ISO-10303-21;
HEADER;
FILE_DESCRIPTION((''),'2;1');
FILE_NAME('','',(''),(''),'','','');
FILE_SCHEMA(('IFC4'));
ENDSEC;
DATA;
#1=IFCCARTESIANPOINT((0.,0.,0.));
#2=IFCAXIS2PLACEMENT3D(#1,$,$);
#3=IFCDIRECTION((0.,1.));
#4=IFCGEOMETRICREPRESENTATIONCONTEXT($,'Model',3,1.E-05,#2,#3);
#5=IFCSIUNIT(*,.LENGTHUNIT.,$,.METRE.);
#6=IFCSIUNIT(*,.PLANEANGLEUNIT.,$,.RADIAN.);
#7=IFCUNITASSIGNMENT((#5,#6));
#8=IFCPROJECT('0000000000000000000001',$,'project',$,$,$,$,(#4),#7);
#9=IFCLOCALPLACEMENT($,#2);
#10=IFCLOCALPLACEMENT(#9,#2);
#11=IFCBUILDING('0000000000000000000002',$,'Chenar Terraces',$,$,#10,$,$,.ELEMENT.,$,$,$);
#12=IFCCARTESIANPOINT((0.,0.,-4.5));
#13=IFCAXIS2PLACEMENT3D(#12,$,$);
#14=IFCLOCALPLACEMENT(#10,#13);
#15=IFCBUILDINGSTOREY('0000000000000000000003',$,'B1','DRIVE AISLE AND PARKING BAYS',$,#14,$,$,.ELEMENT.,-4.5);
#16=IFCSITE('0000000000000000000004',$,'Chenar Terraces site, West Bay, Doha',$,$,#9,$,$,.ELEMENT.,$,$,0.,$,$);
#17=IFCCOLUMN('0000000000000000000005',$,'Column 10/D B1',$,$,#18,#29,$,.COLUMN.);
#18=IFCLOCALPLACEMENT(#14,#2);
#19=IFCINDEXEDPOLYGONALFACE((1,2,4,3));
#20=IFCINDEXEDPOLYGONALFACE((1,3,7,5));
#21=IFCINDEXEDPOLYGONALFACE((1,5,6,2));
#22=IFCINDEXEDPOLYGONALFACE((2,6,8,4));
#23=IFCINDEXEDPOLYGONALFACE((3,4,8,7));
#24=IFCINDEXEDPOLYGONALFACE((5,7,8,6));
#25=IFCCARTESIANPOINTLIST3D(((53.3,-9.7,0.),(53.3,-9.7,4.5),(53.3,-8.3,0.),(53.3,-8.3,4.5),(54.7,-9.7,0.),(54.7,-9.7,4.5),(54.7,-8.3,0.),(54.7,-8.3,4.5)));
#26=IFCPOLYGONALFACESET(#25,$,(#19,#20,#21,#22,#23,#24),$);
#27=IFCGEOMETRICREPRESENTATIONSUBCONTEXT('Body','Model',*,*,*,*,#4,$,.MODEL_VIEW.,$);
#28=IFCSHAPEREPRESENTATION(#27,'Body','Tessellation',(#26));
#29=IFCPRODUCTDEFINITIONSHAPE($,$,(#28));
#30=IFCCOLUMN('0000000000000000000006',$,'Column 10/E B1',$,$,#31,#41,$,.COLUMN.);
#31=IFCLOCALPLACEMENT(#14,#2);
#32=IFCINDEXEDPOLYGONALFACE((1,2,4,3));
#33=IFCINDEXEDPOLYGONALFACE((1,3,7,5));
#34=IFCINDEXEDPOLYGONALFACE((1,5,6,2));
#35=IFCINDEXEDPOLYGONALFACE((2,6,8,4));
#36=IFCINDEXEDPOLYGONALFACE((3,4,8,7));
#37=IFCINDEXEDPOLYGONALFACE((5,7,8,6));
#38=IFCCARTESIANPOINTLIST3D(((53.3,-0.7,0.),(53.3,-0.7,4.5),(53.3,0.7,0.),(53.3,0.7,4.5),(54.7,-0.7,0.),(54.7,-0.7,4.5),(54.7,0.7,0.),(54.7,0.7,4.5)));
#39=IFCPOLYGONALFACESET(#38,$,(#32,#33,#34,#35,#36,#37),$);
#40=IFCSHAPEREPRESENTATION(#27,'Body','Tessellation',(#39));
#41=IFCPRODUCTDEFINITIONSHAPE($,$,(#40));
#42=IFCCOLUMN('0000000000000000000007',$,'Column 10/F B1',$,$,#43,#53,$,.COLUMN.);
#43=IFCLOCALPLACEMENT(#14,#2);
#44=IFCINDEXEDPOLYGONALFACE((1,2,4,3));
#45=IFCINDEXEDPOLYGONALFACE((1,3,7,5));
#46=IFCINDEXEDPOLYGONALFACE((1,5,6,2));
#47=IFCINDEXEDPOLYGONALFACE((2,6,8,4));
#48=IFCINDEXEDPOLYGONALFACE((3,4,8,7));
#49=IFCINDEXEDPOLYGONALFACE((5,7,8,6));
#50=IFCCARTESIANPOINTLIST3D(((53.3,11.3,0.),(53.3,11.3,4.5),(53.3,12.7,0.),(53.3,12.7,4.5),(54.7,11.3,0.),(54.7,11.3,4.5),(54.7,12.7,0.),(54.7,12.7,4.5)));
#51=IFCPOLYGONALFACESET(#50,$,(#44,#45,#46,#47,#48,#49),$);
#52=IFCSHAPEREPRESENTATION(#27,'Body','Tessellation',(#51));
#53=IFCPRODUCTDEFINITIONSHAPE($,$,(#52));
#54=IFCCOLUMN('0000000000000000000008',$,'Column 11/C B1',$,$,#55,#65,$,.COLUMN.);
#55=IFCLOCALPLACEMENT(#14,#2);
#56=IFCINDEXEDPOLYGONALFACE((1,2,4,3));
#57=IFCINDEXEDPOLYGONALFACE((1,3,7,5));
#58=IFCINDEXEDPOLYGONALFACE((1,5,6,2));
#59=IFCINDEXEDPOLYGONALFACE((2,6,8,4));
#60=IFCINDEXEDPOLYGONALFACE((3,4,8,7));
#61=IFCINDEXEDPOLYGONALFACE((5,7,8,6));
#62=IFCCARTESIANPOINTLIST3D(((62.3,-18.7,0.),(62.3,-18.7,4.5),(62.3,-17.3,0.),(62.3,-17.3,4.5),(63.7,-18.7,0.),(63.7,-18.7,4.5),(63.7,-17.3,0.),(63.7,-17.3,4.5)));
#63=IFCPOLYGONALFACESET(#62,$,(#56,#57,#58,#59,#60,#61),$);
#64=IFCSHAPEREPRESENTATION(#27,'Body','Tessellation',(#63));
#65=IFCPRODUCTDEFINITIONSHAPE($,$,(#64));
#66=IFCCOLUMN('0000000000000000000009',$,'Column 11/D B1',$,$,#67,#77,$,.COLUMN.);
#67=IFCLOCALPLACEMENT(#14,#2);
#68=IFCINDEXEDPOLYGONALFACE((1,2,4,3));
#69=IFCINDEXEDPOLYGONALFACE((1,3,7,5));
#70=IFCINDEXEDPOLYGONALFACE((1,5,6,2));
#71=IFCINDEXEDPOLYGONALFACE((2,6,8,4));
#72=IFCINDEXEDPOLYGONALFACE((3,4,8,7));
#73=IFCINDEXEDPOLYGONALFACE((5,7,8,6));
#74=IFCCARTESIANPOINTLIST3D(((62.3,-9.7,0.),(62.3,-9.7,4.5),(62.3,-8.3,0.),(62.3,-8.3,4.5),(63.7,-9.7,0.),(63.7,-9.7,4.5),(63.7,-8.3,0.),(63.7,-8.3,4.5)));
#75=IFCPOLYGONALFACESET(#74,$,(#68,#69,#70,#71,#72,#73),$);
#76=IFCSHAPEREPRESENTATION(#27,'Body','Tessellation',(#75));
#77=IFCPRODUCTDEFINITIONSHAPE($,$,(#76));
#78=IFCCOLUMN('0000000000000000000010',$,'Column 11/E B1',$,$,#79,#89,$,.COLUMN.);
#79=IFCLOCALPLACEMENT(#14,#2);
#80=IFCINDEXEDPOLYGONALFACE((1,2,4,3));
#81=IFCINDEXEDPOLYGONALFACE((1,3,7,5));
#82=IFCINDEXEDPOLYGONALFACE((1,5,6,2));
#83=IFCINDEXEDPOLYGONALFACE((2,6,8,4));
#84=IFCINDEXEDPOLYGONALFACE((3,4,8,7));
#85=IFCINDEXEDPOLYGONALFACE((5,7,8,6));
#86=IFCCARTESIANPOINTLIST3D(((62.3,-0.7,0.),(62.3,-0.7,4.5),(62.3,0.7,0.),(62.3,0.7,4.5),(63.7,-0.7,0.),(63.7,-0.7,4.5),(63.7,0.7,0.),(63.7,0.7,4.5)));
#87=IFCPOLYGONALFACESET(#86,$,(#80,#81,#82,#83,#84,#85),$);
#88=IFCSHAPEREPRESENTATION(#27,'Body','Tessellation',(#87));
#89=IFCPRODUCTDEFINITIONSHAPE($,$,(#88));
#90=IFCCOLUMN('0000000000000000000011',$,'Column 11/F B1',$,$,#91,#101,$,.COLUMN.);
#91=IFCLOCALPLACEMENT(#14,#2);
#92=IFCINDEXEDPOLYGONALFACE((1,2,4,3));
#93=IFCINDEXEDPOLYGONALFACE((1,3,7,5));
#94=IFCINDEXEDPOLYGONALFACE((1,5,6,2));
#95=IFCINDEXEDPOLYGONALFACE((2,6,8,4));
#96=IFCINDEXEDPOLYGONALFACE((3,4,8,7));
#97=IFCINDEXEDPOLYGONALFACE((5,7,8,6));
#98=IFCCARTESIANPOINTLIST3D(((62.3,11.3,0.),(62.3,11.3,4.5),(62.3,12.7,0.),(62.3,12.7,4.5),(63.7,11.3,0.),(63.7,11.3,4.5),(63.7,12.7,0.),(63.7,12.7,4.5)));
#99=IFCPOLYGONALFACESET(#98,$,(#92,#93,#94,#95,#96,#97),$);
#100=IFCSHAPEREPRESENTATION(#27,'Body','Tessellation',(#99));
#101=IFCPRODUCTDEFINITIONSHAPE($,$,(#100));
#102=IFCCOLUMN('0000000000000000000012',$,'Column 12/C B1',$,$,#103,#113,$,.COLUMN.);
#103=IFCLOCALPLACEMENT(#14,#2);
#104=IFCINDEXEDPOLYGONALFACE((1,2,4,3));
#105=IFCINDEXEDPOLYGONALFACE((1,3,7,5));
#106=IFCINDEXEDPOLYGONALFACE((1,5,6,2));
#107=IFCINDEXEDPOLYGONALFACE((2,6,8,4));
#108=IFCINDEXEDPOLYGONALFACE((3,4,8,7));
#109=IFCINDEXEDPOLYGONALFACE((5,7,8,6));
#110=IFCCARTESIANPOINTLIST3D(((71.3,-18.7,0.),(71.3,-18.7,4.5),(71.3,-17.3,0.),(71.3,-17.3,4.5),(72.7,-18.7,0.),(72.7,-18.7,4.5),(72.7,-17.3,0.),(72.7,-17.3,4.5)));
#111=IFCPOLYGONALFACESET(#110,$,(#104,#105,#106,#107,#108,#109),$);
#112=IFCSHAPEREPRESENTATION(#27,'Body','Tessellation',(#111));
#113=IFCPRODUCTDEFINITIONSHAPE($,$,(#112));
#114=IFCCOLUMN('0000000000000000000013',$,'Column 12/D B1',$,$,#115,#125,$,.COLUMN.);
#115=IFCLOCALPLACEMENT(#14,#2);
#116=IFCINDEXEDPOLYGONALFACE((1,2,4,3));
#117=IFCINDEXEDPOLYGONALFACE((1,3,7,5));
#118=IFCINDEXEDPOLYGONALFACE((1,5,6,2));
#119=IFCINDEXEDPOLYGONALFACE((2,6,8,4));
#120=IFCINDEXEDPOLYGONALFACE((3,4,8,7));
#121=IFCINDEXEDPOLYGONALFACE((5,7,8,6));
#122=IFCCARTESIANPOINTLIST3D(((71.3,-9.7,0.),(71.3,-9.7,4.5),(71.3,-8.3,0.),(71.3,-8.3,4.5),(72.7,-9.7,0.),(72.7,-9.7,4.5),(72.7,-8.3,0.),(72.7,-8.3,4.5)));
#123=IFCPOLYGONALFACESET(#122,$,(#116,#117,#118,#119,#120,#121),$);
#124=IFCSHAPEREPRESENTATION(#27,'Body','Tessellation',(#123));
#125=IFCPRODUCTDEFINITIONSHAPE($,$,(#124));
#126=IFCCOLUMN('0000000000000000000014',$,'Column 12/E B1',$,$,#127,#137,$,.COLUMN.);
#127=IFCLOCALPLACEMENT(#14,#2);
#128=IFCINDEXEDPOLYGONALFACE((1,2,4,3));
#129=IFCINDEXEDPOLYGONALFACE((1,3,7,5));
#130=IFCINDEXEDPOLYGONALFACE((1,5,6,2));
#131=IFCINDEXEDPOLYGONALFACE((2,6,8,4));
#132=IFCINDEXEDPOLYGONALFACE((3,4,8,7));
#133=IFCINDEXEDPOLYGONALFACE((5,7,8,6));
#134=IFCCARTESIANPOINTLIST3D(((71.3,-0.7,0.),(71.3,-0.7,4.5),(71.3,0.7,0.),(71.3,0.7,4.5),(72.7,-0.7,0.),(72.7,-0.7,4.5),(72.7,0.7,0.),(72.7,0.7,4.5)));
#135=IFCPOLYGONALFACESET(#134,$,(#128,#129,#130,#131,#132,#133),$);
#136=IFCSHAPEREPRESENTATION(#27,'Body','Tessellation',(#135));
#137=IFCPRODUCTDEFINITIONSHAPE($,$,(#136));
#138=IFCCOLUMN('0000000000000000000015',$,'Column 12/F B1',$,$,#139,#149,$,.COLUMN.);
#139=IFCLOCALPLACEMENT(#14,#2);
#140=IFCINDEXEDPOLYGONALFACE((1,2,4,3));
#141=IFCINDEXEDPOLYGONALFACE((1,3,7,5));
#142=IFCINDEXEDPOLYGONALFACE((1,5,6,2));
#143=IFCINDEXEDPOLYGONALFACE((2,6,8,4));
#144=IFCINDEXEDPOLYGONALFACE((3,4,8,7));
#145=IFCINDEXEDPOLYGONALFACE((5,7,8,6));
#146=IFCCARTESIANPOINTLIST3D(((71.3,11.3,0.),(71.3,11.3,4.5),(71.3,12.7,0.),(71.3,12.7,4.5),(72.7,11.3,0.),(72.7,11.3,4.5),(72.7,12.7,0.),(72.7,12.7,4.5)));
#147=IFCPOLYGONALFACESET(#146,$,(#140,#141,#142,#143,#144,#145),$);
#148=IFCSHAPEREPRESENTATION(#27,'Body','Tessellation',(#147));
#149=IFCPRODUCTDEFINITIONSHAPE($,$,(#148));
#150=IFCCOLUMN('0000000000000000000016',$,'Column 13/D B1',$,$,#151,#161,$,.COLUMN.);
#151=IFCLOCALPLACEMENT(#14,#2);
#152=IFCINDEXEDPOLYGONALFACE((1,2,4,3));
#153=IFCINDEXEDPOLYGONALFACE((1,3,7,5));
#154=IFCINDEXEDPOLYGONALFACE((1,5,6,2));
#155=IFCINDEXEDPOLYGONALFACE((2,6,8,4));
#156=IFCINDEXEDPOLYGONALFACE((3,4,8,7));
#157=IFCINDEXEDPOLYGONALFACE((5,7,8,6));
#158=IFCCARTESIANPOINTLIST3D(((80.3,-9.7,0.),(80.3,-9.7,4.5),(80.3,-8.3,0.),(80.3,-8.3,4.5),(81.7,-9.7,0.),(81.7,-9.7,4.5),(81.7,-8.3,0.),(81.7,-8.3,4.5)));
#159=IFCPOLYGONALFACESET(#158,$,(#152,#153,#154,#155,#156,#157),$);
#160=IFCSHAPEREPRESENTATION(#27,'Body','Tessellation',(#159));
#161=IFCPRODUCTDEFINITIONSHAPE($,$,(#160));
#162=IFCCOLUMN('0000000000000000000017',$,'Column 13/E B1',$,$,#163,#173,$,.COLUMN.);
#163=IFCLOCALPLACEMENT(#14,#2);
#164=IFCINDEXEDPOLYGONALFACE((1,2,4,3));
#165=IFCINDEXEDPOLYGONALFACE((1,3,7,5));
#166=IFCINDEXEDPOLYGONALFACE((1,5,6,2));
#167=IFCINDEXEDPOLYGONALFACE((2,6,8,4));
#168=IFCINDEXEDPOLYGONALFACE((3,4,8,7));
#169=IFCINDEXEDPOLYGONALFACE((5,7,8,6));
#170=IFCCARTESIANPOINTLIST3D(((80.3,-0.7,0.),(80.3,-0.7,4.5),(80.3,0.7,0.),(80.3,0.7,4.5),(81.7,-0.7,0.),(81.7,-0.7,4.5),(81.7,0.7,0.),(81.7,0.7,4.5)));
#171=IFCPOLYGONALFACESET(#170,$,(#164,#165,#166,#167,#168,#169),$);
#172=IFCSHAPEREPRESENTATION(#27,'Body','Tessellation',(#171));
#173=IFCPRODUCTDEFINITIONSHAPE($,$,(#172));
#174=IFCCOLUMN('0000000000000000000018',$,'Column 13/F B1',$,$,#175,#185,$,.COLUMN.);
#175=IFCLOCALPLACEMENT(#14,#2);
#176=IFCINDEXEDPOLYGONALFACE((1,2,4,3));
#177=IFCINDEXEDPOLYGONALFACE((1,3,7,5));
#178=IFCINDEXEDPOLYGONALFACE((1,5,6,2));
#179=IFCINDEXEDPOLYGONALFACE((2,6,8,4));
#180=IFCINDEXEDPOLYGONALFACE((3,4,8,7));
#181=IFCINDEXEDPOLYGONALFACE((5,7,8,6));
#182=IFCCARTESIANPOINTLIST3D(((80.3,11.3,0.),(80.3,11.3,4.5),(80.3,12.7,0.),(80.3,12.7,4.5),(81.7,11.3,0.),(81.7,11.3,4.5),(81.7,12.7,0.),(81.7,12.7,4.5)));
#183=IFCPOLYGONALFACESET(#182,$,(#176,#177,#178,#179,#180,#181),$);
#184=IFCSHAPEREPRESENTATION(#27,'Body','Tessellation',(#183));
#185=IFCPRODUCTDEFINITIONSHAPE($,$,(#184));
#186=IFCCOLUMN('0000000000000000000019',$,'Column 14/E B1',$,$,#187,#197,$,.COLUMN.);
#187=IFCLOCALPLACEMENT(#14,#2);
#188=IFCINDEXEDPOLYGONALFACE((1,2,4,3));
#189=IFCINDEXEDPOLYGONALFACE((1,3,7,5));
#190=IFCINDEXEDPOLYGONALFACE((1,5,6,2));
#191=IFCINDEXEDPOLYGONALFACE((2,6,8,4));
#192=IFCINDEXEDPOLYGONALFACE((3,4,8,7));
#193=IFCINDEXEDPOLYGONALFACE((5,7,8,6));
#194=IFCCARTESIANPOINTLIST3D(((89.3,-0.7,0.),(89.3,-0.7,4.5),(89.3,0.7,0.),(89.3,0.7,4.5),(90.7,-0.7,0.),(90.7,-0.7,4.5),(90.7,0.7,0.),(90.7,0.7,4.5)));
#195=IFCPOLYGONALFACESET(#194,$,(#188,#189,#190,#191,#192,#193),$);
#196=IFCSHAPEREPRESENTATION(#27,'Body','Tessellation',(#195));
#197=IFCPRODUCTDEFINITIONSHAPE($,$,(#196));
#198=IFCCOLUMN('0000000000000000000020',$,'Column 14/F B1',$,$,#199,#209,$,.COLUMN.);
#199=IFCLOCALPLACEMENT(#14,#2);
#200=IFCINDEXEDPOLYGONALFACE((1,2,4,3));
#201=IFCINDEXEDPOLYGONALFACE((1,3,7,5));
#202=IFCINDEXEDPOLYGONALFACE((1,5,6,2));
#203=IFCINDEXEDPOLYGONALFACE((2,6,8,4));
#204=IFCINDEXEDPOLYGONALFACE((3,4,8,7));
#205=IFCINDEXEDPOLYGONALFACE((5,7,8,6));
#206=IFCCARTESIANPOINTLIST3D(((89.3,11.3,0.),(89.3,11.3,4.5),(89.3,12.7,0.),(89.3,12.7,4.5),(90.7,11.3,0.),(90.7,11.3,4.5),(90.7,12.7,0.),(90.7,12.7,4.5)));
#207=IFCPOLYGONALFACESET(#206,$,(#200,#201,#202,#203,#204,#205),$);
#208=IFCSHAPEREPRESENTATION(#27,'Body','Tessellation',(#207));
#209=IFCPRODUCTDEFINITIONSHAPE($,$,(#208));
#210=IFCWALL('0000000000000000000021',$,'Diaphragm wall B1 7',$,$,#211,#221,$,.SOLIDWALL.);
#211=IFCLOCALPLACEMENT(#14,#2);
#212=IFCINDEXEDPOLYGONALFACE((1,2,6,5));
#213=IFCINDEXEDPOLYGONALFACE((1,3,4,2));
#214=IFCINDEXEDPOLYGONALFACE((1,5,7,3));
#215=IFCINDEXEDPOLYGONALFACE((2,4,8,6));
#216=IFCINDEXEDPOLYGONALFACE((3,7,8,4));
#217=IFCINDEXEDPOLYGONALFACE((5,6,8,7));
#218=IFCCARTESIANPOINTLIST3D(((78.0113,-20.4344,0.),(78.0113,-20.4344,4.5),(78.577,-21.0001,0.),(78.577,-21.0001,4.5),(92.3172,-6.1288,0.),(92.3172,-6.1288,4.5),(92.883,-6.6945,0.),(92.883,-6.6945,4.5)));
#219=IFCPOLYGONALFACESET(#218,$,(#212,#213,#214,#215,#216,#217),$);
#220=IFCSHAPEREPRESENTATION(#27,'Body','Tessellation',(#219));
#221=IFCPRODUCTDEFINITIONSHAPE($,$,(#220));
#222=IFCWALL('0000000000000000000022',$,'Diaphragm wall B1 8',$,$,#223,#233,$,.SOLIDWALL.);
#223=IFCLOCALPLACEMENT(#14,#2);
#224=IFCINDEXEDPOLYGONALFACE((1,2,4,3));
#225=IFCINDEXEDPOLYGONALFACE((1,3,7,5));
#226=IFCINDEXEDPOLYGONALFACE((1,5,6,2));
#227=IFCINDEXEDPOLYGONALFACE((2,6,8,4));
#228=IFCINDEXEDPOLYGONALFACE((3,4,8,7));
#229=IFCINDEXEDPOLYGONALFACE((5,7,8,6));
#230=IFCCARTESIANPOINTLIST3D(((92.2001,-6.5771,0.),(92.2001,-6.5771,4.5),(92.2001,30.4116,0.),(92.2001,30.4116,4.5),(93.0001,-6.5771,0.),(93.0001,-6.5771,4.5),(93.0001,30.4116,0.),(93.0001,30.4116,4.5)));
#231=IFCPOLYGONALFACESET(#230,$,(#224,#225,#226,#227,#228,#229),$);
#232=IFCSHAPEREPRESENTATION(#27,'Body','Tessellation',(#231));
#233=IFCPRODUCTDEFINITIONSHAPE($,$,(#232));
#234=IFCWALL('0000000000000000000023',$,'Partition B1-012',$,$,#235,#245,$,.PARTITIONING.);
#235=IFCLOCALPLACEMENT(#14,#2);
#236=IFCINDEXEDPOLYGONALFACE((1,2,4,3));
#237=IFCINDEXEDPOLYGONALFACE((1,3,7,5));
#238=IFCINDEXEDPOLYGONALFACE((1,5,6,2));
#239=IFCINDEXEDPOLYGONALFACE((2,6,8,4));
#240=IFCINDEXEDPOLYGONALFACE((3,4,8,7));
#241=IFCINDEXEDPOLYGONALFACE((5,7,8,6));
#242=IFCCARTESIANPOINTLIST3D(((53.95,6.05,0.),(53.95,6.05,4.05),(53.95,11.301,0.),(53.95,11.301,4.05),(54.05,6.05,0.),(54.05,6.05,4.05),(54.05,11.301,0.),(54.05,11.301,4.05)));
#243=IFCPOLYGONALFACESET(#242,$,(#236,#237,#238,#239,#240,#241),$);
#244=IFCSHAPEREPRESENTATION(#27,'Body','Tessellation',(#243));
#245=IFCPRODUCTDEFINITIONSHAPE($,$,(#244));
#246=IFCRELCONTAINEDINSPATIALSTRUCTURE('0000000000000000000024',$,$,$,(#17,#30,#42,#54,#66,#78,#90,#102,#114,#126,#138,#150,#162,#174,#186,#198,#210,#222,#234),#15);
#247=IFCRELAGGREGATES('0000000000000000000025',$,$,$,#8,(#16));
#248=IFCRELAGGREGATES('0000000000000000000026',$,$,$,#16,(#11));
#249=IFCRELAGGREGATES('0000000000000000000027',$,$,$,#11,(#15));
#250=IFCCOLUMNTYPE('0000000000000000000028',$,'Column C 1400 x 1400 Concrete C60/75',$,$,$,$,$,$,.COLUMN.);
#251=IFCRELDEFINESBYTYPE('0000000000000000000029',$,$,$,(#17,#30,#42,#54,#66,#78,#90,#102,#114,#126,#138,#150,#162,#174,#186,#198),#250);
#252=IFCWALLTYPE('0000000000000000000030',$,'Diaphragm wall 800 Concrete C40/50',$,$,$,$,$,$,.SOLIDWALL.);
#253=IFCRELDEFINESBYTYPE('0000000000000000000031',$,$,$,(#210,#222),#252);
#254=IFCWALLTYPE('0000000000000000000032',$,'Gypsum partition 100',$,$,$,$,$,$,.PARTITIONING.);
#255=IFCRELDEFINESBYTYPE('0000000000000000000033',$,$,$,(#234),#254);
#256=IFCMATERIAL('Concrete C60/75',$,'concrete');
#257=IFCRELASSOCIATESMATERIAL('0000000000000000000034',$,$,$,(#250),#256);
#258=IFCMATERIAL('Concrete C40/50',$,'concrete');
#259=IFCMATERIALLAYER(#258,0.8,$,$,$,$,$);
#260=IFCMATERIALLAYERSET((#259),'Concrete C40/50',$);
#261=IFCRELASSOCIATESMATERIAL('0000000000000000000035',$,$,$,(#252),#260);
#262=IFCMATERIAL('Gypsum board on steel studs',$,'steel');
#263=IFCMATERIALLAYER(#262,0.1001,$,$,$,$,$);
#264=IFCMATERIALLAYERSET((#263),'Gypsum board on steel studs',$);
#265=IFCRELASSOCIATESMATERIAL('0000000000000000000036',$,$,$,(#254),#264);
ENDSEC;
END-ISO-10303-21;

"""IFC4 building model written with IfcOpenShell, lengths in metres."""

from ifc_helpers import new_model, si_unit, direction, frame, frame_2d, origin, origin_2d, place, context, subcontext, project, spatial, rectangle, extrude, material, layer, layer_set, material_profile, profile_set, type_object, element, save


model = new_model("IFC4")

# Units and contexts
model_context = context("Model", 3, precision=1e-05, world=origin(), true_north=direction((0.0, 1.0)))
body_context = subcontext(model_context, "Body", "Model", "MODEL_VIEW")
ifc_project = project(units=[si_unit("LENGTHUNIT", "METRE"), si_unit("PLANEANGLEUNIT", "RADIAN")], contexts=[model_context])

# Site, building, storey
site_placement = place(None, origin())
site = spatial("IfcSite", under=ifc_project, at=site_placement, Name="Chenar Terraces site, West Bay, Doha", CompositionType="ELEMENT", RefElevation=0.0)
building_placement = place(site_placement, origin())
building = spatial("IfcBuilding", under=site, at=building_placement, Name="Chenar Terraces", CompositionType="ELEMENT")
storey_placement = place(building_placement, frame((0.0, 0.0, -4.5)))
storey = spatial("IfcBuildingStorey", under=building, at=storey_placement, Name="B1", Description="DRIVE AISLE AND PARKING BAYS", CompositionType="ELEMENT", Elevation=-4.5)

# Columns
ifc_material_1 = material(Name="Concrete C60/75", Category="concrete")
ifc_material_profile = material_profile(ifc_material_1, rectangle(XDim=1.3999, YDim=1.3999, at=origin_2d()), Name="C 1400 x 1400")
ifc_profile_set = profile_set([ifc_material_profile], Name="Concrete C60/75")
column_type = type_object("IfcColumnType", Name="Column C 1400 x 1400 Concrete C60/75", PredefinedType="COLUMN", material=ifc_profile_set)
for number, where, z_axis, x_axis, name in (
    (1, (54.0, -9.0, 0.0), (0.0, 0.0, 1.0), (1.0, 0.0, 0.0), "Column 10/D B1"),
    (2, (54.0, 0.0, 0.0), (0.0, 0.0, 1.0), (1.0, 0.0, 0.0), "Column 10/E B1"),
    (3, (54.0, 12.0, 0.0), (0.0, 0.0, 1.0), (1.0, 0.0, 0.0), "Column 10/F B1"),
    (4, (63.0, -18.0, 0.0), (0.0, 0.0, 1.0), (1.0, 0.0, 0.0), "Column 11/C B1"),
    (5, (63.0, -9.0, 0.0), (0.0, 0.0, 1.0), (1.0, 0.0, 0.0), "Column 11/D B1"),
    (6, (63.0, 0.0, 0.0), (0.0, 0.0, 1.0), (1.0, 0.0, 0.0), "Column 11/E B1"),
    (7, (63.0, 12.0, 0.0), (0.0, 0.0, 1.0), (1.0, 0.0, 0.0), "Column 11/F B1"),
    (8, (72.0, -18.0, 0.0), (0.0, 0.0, 1.0), (1.0, 0.0, 0.0), "Column 12/C B1"),
    (9, (72.0, -9.0, 0.0), (0.0, 0.0, 1.0), (1.0, 0.0, 0.0), "Column 12/D B1"),
    (10, (72.0, 0.0, 0.0), (0.0, 0.0, 1.0), (1.0, 0.0, 0.0), "Column 12/E B1"),
    (11, (72.0, 12.0, 0.0), (0.0, 0.0, 1.0), (1.0, 0.0, 0.0), "Column 12/F B1"),
    (12, (81.0, -9.0, 0.0), (0.0, 0.0, 1.0), (1.0, 0.0, 0.0), "Column 13/D B1"),
    (13, (81.0, 0.0, 0.0), (0.0, 0.0, 1.0), (1.0, 0.0, 0.0), "Column 13/E B1"),
    (14, (81.0, 12.0, 0.0), (0.0, 0.0, 1.0), (1.0, 0.0, 0.0), "Column 13/F B1"),
    (15, (90.0, 0.0, 0.0), (0.0, 0.0, 1.0), (1.0, 0.0, 0.0), "Column 14/E B1"),
    (16, (90.0, 12.0, 0.0), (0.0, 0.0, 1.0), (1.0, 0.0, 0.0), "Column 14/F B1"),
):
    element("IfcColumn", number, at=place(storey_placement, frame(where, z_axis=z_axis, x_axis=x_axis)), inside=storey, type_object=column_type, Name=name, PredefinedType="COLUMN", context=body_context, shape_type="SweptSolid", body=[
        extrude(rectangle(XDim=1.3999, YDim=1.3999, at=origin_2d()), origin(), (0.0, 0.0, 1.0), 4.5),
    ])

# Walls
ifc_material_2 = material(Name="Concrete C40/50", Category="concrete")
ifc_layer_1 = layer(ifc_material_2, 0.8)
ifc_layer_set_1 = layer_set([ifc_layer_1], Name="Concrete C40/50")
wall_type_1 = type_object("IfcWallType", Name="Diaphragm wall 800 Concrete C40/50", PredefinedType="SOLIDWALL", material=ifc_layer_set_1)
wall_1_placement = place(storey_placement, frame((78.2942, -20.7173, 0.0), z_axis=(0.0, 0.0, 1.0), x_axis=(0.707113, 0.707101, 0.0)))
element("IfcWall", 17, at=wall_1_placement, inside=storey, type_object=wall_type_1, Name="Diaphragm wall B1 7", PredefinedType="SOLIDWALL", context=body_context, shape_type="SweptSolid", body=[
    extrude(rectangle(XDim=20.2314, YDim=0.8, at=frame_2d((10.1157, 0.0))), origin(), (0.0, 0.0, 1.0), 4.5),
])
wall_2_placement = place(storey_placement, frame((92.6001, -6.5771, 0.0), z_axis=(0.0, 0.0, 1.0), x_axis=(0.0, 1.0, 0.0)))
element("IfcWall", 18, at=wall_2_placement, inside=storey, type_object=wall_type_1, Name="Diaphragm wall B1 8", PredefinedType="SOLIDWALL", context=body_context, shape_type="SweptSolid", body=[
    extrude(rectangle(XDim=36.9888, YDim=0.8, at=frame_2d((18.4944, 0.0))), origin(), (0.0, 0.0, 1.0), 4.5),
])
ifc_material_3 = material(Name="Gypsum board on steel studs", Category="steel")
ifc_layer_2 = layer(ifc_material_3, 0.1001)
ifc_layer_set_2 = layer_set([ifc_layer_2], Name="Gypsum board on steel studs")
wall_type_2 = type_object("IfcWallType", Name="Gypsum partition 100", PredefinedType="PARTITIONING", material=ifc_layer_set_2)
wall_3_placement = place(storey_placement, frame((54.0, 6.05, 0.0), z_axis=(0.0, 0.0, 1.0), x_axis=(0.0, 1.0, 0.0)))
element("IfcWall", 19, at=wall_3_placement, inside=storey, type_object=wall_type_2, Name="Partition B1-012", PredefinedType="PARTITIONING", context=body_context, shape_type="SweptSolid", body=[
    extrude(rectangle(XDim=5.251, YDim=0.1001, at=frame_2d((2.6255, 0.0))), origin(), (0.0, 0.0, 1.0), 4.05),
])

save(model, "model.ifc")
